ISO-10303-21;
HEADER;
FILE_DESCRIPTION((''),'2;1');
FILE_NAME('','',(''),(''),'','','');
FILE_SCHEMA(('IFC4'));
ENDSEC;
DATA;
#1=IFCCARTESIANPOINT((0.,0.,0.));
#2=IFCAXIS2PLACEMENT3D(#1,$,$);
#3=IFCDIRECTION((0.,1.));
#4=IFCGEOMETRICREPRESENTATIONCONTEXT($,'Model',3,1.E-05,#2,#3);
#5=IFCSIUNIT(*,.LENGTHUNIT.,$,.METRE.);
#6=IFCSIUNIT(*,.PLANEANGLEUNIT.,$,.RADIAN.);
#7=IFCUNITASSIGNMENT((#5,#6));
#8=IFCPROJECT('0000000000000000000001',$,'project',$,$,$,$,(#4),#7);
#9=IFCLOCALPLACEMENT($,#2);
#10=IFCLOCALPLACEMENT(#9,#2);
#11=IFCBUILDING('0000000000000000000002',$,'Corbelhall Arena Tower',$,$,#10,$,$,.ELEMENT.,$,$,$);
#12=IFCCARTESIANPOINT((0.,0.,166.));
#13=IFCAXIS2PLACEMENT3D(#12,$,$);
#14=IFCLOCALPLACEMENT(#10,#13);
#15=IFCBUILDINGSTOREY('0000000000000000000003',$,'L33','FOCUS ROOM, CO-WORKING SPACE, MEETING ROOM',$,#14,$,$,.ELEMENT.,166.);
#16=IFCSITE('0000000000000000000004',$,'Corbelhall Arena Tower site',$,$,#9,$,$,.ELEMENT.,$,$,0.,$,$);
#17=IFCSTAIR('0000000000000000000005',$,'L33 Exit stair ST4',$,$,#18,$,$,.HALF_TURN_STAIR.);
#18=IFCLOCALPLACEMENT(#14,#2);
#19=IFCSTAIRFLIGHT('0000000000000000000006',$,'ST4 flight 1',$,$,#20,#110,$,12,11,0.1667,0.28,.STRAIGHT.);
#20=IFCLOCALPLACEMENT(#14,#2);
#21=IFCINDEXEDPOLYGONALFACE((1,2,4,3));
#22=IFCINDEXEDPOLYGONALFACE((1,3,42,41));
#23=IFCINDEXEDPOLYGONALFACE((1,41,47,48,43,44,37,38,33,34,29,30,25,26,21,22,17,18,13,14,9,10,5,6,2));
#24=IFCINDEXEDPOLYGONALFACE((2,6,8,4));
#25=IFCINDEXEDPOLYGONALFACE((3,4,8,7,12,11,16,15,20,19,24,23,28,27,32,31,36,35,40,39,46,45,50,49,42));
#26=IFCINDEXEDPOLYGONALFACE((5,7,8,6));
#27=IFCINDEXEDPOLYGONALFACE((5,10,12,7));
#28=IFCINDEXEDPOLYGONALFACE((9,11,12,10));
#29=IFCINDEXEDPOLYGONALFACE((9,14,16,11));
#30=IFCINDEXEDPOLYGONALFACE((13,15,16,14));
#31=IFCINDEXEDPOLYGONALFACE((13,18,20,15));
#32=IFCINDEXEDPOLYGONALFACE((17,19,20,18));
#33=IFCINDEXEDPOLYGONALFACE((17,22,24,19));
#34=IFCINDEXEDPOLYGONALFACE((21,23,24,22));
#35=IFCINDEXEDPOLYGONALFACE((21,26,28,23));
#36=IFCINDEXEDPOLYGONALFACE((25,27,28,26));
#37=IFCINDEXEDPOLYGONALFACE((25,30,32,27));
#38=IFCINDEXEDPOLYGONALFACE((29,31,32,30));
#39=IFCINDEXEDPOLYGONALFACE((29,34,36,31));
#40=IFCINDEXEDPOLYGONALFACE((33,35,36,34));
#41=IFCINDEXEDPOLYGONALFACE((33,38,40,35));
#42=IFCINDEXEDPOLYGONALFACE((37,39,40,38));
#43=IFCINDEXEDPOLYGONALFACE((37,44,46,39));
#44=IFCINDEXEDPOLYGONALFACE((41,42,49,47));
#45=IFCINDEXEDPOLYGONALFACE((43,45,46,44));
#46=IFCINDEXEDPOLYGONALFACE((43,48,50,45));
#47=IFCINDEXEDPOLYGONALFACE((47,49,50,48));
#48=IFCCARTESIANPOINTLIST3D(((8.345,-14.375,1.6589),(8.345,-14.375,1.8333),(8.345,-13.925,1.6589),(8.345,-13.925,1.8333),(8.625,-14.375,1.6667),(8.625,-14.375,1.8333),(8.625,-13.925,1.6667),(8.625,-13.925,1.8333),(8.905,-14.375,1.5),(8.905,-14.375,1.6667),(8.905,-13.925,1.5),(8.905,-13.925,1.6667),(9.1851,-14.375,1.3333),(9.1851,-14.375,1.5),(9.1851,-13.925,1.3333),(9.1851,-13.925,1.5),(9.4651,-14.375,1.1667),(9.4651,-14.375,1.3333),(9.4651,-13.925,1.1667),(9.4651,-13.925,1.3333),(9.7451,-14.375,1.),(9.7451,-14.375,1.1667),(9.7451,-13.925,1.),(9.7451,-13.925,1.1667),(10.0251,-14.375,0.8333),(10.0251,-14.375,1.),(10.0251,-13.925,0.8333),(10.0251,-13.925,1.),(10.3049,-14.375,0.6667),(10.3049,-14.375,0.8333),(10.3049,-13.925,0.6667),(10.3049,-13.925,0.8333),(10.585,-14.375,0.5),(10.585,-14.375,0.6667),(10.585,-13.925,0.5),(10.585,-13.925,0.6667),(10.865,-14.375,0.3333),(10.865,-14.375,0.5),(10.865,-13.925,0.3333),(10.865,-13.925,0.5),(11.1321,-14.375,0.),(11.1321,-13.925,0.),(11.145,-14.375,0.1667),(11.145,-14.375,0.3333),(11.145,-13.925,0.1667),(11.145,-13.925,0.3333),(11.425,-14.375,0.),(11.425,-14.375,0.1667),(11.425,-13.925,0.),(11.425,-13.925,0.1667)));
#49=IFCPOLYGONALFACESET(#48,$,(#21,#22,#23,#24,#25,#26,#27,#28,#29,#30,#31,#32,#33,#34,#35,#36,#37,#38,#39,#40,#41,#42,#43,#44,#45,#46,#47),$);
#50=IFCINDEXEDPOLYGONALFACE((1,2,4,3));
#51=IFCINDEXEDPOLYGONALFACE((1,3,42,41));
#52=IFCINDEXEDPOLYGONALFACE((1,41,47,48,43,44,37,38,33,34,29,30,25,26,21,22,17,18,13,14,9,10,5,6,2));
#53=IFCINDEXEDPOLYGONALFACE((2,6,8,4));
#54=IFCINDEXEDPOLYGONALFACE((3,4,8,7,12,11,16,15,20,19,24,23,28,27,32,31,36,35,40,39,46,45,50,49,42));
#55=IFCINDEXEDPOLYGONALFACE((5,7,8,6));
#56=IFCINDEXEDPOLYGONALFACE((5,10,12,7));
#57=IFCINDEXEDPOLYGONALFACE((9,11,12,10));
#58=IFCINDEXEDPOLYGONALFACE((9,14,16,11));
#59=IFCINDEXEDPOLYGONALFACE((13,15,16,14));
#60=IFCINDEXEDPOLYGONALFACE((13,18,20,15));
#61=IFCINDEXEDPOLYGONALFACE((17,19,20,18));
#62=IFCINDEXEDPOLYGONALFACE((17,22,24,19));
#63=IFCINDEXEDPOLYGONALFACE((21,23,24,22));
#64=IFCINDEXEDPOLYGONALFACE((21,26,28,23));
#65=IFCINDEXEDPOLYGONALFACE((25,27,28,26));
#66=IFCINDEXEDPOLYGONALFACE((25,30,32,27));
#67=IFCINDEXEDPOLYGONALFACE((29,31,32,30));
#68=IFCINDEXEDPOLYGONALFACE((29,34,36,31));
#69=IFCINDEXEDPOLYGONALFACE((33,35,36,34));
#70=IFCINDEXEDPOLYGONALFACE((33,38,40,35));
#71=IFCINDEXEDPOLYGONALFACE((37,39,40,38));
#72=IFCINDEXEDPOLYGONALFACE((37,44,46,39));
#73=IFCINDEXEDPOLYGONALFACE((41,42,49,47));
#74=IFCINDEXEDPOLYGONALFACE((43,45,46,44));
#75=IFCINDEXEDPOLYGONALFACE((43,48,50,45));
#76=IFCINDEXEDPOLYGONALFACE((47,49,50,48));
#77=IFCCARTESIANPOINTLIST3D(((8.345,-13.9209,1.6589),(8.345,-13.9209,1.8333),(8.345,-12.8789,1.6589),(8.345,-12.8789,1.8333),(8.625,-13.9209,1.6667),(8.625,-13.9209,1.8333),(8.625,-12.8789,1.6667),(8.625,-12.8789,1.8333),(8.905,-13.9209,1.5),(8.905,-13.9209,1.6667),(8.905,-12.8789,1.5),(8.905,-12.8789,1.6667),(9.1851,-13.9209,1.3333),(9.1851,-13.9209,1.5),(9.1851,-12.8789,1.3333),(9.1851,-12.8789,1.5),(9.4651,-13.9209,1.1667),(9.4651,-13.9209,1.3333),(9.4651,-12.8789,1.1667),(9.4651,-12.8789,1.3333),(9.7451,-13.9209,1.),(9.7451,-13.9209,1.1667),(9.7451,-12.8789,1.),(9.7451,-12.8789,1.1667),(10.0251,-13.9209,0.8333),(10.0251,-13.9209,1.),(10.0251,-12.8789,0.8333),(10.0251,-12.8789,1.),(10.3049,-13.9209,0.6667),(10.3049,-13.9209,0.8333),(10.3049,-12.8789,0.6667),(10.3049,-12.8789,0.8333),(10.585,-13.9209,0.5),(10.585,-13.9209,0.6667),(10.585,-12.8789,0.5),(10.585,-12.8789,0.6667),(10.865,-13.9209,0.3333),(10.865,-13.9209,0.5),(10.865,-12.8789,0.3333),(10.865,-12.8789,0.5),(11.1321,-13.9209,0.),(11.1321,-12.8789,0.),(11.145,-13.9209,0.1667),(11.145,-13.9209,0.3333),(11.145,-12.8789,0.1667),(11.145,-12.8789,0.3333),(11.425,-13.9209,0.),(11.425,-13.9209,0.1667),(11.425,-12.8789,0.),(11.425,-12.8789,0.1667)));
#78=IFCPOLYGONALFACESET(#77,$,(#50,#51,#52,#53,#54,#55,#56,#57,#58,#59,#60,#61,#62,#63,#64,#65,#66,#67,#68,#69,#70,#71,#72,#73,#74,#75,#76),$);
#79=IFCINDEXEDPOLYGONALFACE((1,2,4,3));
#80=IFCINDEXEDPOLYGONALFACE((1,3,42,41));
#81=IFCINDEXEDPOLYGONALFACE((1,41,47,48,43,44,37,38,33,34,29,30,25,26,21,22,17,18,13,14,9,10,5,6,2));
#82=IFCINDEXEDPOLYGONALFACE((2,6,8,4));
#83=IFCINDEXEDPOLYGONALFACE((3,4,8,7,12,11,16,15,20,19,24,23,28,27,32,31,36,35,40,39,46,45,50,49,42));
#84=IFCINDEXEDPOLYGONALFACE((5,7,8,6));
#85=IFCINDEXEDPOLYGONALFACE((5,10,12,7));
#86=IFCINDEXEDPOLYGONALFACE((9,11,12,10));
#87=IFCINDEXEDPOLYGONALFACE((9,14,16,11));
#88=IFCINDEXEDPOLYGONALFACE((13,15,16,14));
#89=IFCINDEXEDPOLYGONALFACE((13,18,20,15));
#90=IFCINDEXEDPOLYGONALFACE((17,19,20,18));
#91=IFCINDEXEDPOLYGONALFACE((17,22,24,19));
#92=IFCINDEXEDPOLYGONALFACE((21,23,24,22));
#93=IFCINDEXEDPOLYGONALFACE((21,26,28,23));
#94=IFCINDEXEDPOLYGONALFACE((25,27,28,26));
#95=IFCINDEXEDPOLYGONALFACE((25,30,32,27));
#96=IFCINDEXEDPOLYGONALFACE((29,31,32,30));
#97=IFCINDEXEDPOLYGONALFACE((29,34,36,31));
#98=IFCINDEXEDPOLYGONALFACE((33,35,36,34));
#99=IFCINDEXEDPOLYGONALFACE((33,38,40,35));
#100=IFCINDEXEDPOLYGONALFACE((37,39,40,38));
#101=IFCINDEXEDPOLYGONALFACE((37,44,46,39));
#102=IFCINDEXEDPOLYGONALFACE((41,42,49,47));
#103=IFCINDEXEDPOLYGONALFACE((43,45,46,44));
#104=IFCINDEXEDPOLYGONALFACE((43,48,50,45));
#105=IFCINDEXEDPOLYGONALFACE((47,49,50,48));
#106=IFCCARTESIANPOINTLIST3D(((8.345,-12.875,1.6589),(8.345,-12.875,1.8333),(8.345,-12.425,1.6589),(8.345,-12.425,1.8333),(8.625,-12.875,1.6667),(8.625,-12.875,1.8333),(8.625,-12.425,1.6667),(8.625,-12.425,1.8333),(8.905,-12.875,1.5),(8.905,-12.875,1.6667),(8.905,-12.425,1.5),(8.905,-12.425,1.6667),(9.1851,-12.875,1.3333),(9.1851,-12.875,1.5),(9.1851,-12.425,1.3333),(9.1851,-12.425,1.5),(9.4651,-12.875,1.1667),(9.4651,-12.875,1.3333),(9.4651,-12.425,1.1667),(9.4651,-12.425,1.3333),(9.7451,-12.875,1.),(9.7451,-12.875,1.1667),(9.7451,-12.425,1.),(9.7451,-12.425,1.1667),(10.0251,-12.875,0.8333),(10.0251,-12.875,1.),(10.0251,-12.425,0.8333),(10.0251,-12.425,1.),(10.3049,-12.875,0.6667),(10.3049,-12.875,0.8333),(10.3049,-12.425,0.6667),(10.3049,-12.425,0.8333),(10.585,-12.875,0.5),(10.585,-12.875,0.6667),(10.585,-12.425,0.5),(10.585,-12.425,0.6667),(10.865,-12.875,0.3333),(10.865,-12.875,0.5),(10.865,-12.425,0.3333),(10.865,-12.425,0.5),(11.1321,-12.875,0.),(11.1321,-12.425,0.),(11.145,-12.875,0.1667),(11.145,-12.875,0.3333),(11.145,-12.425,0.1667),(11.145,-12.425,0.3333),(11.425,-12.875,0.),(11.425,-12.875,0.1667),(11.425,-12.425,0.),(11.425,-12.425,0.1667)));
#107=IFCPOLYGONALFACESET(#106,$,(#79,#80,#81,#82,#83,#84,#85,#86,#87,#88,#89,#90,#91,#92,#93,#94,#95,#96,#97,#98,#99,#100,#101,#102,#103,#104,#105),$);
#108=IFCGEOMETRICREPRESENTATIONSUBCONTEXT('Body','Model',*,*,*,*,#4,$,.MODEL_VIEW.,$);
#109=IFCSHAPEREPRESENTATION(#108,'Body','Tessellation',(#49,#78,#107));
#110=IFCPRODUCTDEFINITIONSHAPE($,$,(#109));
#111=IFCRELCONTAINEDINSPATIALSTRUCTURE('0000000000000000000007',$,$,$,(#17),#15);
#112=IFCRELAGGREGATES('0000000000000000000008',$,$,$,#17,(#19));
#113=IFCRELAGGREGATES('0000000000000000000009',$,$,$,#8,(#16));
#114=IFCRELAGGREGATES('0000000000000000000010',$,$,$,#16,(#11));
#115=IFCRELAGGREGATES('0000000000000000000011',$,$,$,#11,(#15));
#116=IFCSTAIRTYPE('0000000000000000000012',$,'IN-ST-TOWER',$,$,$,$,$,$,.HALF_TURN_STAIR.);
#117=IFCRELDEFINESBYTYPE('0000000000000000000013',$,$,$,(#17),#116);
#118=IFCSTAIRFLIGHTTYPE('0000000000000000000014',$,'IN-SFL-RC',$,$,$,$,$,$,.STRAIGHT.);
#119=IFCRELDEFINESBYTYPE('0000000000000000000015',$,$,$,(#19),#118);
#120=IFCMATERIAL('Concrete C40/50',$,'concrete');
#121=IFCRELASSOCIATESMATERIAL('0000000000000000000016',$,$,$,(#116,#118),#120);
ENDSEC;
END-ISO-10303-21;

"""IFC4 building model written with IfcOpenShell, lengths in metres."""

from ifc_helpers import new_model, si_unit, direction, frame, origin, place, context, subcontext, project, spatial, polyline, outline, extrude, material, type_object, element, aggregate, save


model = new_model("IFC4")

# Units and contexts
model_context = context("Model", 3, precision=1e-05, world=origin(), true_north=direction((0.0, 1.0)))
body_context = subcontext(model_context, "Body", "Model", "MODEL_VIEW")
ifc_project = project(units=[si_unit("LENGTHUNIT", "METRE"), si_unit("PLANEANGLEUNIT", "RADIAN")], contexts=[model_context])

# Site, building, storey
site_placement = place(None, origin())
site = spatial("IfcSite", under=ifc_project, at=site_placement, Name="Corbelhall Arena Tower site", CompositionType="ELEMENT", RefElevation=0.0)
building_placement = place(site_placement, origin())
building = spatial("IfcBuilding", under=site, at=building_placement, Name="Corbelhall Arena Tower", CompositionType="ELEMENT")
storey_placement = place(building_placement, frame((0.0, 0.0, 166.0)))
storey = spatial("IfcBuildingStorey", under=building, at=storey_placement, Name="L33", Description="FOCUS ROOM, CO-WORKING SPACE, MEETING ROOM", CompositionType="ELEMENT", Elevation=166.0)

# Shared definitions
ifc_material_1 = material(Name="Concrete C40/50", Category="concrete")

# Stair, stair flight
stair_type = type_object("IfcStairType", Name="IN-ST-TOWER", PredefinedType="HALF_TURN_STAIR", material=ifc_material_1)
stair_placement = place(storey_placement, origin())
stair = element("IfcStair", 1, at=stair_placement, inside=storey, type_object=stair_type, Name="L33 Exit stair ST4", PredefinedType="HALF_TURN_STAIR")
stair_flight_type = type_object("IfcStairFlightType", Name="IN-SFL-RC", PredefinedType="STRAIGHT", material=ifc_material_1)
stair_flight_placement = place(storey_placement, frame((11.425, -13.3999, 0.0), z_axis=(0.0, 0.0, 1.0), x_axis=(-1.0, 0.0, 0.0)))
stair_flight = element("IfcStairFlight", 2, at=stair_flight_placement, type_object=stair_flight_type, Name="ST4 flight 1", NumberOfRisers=12, NumberOfTreads=11, PredefinedType="STRAIGHT", RiserHeight=0.1667, TreadLength=0.28, context=body_context, shape_type="SweptSolid", body=[
    extrude(outline(polyline([(0.0, 0.0), (0.0, 0.1667), (0.28, 0.1667), (0.28, 0.3333), (0.5601, 0.3333), (0.5601, 0.5), (0.8401, 0.5), (0.8401, 0.6667), (1.1201, 0.6667), (1.1201, 0.8333), (1.3999, 0.8333), (1.3999, 1.0), (1.6799, 1.0), (1.6799, 1.1667), (1.96, 1.1667), (1.96, 1.3333), (2.24, 1.3333), (2.24, 1.5), (2.52, 1.5), (2.52, 1.6667), (2.8, 1.6667), (2.8, 1.8333), (3.0801, 1.8333), (3.0801, 2.0), (3.0801, 1.6589), (0.293, 0.0), (0.0, 0.0)])), frame((0.0, 0.9751, 0.0), z_axis=(0.0, -1.0, 0.0), x_axis=(1.0, 0.0, 0.0)), (0.0, 0.0, 1.0), 0.45),
    extrude(outline(polyline([(0.0, 0.0), (0.0, 0.1667), (0.28, 0.1667), (0.28, 0.3333), (0.5601, 0.3333), (0.5601, 0.5), (0.8401, 0.5), (0.8401, 0.6667), (1.1201, 0.6667), (1.1201, 0.8333), (1.3999, 0.8333), (1.3999, 1.0), (1.6799, 1.0), (1.6799, 1.1667), (1.96, 1.1667), (1.96, 1.3333), (2.24, 1.3333), (2.24, 1.5), (2.52, 1.5), (2.52, 1.6667), (2.8, 1.6667), (2.8, 1.8333), (3.0801, 1.8333), (3.0801, 2.0), (3.0801, 1.6589), (0.293, 0.0), (0.0, 0.0)])), frame((0.0, 0.521, 0.0), z_axis=(0.0, -1.0, 0.0), x_axis=(1.0, 0.0, 0.0)), (0.0, 0.0, 1.0), 1.042),
    extrude(outline(polyline([(0.0, 0.0), (0.0, 0.1667), (0.28, 0.1667), (0.28, 0.3333), (0.5601, 0.3333), (0.5601, 0.5), (0.8401, 0.5), (0.8401, 0.6667), (1.1201, 0.6667), (1.1201, 0.8333), (1.3999, 0.8333), (1.3999, 1.0), (1.6799, 1.0), (1.6799, 1.1667), (1.96, 1.1667), (1.96, 1.3333), (2.24, 1.3333), (2.24, 1.5), (2.52, 1.5), (2.52, 1.6667), (2.8, 1.6667), (2.8, 1.8333), (3.0801, 1.8333), (3.0801, 2.0), (3.0801, 1.6589), (0.293, 0.0), (0.0, 0.0)])), frame((0.0, -0.5249, 0.0), z_axis=(0.0, -1.0, 0.0), x_axis=(1.0, 0.0, 0.0)), (0.0, 0.0, 1.0), 0.45),
])
aggregate(stair, [stair_flight])

save(model, "model.ifc")
